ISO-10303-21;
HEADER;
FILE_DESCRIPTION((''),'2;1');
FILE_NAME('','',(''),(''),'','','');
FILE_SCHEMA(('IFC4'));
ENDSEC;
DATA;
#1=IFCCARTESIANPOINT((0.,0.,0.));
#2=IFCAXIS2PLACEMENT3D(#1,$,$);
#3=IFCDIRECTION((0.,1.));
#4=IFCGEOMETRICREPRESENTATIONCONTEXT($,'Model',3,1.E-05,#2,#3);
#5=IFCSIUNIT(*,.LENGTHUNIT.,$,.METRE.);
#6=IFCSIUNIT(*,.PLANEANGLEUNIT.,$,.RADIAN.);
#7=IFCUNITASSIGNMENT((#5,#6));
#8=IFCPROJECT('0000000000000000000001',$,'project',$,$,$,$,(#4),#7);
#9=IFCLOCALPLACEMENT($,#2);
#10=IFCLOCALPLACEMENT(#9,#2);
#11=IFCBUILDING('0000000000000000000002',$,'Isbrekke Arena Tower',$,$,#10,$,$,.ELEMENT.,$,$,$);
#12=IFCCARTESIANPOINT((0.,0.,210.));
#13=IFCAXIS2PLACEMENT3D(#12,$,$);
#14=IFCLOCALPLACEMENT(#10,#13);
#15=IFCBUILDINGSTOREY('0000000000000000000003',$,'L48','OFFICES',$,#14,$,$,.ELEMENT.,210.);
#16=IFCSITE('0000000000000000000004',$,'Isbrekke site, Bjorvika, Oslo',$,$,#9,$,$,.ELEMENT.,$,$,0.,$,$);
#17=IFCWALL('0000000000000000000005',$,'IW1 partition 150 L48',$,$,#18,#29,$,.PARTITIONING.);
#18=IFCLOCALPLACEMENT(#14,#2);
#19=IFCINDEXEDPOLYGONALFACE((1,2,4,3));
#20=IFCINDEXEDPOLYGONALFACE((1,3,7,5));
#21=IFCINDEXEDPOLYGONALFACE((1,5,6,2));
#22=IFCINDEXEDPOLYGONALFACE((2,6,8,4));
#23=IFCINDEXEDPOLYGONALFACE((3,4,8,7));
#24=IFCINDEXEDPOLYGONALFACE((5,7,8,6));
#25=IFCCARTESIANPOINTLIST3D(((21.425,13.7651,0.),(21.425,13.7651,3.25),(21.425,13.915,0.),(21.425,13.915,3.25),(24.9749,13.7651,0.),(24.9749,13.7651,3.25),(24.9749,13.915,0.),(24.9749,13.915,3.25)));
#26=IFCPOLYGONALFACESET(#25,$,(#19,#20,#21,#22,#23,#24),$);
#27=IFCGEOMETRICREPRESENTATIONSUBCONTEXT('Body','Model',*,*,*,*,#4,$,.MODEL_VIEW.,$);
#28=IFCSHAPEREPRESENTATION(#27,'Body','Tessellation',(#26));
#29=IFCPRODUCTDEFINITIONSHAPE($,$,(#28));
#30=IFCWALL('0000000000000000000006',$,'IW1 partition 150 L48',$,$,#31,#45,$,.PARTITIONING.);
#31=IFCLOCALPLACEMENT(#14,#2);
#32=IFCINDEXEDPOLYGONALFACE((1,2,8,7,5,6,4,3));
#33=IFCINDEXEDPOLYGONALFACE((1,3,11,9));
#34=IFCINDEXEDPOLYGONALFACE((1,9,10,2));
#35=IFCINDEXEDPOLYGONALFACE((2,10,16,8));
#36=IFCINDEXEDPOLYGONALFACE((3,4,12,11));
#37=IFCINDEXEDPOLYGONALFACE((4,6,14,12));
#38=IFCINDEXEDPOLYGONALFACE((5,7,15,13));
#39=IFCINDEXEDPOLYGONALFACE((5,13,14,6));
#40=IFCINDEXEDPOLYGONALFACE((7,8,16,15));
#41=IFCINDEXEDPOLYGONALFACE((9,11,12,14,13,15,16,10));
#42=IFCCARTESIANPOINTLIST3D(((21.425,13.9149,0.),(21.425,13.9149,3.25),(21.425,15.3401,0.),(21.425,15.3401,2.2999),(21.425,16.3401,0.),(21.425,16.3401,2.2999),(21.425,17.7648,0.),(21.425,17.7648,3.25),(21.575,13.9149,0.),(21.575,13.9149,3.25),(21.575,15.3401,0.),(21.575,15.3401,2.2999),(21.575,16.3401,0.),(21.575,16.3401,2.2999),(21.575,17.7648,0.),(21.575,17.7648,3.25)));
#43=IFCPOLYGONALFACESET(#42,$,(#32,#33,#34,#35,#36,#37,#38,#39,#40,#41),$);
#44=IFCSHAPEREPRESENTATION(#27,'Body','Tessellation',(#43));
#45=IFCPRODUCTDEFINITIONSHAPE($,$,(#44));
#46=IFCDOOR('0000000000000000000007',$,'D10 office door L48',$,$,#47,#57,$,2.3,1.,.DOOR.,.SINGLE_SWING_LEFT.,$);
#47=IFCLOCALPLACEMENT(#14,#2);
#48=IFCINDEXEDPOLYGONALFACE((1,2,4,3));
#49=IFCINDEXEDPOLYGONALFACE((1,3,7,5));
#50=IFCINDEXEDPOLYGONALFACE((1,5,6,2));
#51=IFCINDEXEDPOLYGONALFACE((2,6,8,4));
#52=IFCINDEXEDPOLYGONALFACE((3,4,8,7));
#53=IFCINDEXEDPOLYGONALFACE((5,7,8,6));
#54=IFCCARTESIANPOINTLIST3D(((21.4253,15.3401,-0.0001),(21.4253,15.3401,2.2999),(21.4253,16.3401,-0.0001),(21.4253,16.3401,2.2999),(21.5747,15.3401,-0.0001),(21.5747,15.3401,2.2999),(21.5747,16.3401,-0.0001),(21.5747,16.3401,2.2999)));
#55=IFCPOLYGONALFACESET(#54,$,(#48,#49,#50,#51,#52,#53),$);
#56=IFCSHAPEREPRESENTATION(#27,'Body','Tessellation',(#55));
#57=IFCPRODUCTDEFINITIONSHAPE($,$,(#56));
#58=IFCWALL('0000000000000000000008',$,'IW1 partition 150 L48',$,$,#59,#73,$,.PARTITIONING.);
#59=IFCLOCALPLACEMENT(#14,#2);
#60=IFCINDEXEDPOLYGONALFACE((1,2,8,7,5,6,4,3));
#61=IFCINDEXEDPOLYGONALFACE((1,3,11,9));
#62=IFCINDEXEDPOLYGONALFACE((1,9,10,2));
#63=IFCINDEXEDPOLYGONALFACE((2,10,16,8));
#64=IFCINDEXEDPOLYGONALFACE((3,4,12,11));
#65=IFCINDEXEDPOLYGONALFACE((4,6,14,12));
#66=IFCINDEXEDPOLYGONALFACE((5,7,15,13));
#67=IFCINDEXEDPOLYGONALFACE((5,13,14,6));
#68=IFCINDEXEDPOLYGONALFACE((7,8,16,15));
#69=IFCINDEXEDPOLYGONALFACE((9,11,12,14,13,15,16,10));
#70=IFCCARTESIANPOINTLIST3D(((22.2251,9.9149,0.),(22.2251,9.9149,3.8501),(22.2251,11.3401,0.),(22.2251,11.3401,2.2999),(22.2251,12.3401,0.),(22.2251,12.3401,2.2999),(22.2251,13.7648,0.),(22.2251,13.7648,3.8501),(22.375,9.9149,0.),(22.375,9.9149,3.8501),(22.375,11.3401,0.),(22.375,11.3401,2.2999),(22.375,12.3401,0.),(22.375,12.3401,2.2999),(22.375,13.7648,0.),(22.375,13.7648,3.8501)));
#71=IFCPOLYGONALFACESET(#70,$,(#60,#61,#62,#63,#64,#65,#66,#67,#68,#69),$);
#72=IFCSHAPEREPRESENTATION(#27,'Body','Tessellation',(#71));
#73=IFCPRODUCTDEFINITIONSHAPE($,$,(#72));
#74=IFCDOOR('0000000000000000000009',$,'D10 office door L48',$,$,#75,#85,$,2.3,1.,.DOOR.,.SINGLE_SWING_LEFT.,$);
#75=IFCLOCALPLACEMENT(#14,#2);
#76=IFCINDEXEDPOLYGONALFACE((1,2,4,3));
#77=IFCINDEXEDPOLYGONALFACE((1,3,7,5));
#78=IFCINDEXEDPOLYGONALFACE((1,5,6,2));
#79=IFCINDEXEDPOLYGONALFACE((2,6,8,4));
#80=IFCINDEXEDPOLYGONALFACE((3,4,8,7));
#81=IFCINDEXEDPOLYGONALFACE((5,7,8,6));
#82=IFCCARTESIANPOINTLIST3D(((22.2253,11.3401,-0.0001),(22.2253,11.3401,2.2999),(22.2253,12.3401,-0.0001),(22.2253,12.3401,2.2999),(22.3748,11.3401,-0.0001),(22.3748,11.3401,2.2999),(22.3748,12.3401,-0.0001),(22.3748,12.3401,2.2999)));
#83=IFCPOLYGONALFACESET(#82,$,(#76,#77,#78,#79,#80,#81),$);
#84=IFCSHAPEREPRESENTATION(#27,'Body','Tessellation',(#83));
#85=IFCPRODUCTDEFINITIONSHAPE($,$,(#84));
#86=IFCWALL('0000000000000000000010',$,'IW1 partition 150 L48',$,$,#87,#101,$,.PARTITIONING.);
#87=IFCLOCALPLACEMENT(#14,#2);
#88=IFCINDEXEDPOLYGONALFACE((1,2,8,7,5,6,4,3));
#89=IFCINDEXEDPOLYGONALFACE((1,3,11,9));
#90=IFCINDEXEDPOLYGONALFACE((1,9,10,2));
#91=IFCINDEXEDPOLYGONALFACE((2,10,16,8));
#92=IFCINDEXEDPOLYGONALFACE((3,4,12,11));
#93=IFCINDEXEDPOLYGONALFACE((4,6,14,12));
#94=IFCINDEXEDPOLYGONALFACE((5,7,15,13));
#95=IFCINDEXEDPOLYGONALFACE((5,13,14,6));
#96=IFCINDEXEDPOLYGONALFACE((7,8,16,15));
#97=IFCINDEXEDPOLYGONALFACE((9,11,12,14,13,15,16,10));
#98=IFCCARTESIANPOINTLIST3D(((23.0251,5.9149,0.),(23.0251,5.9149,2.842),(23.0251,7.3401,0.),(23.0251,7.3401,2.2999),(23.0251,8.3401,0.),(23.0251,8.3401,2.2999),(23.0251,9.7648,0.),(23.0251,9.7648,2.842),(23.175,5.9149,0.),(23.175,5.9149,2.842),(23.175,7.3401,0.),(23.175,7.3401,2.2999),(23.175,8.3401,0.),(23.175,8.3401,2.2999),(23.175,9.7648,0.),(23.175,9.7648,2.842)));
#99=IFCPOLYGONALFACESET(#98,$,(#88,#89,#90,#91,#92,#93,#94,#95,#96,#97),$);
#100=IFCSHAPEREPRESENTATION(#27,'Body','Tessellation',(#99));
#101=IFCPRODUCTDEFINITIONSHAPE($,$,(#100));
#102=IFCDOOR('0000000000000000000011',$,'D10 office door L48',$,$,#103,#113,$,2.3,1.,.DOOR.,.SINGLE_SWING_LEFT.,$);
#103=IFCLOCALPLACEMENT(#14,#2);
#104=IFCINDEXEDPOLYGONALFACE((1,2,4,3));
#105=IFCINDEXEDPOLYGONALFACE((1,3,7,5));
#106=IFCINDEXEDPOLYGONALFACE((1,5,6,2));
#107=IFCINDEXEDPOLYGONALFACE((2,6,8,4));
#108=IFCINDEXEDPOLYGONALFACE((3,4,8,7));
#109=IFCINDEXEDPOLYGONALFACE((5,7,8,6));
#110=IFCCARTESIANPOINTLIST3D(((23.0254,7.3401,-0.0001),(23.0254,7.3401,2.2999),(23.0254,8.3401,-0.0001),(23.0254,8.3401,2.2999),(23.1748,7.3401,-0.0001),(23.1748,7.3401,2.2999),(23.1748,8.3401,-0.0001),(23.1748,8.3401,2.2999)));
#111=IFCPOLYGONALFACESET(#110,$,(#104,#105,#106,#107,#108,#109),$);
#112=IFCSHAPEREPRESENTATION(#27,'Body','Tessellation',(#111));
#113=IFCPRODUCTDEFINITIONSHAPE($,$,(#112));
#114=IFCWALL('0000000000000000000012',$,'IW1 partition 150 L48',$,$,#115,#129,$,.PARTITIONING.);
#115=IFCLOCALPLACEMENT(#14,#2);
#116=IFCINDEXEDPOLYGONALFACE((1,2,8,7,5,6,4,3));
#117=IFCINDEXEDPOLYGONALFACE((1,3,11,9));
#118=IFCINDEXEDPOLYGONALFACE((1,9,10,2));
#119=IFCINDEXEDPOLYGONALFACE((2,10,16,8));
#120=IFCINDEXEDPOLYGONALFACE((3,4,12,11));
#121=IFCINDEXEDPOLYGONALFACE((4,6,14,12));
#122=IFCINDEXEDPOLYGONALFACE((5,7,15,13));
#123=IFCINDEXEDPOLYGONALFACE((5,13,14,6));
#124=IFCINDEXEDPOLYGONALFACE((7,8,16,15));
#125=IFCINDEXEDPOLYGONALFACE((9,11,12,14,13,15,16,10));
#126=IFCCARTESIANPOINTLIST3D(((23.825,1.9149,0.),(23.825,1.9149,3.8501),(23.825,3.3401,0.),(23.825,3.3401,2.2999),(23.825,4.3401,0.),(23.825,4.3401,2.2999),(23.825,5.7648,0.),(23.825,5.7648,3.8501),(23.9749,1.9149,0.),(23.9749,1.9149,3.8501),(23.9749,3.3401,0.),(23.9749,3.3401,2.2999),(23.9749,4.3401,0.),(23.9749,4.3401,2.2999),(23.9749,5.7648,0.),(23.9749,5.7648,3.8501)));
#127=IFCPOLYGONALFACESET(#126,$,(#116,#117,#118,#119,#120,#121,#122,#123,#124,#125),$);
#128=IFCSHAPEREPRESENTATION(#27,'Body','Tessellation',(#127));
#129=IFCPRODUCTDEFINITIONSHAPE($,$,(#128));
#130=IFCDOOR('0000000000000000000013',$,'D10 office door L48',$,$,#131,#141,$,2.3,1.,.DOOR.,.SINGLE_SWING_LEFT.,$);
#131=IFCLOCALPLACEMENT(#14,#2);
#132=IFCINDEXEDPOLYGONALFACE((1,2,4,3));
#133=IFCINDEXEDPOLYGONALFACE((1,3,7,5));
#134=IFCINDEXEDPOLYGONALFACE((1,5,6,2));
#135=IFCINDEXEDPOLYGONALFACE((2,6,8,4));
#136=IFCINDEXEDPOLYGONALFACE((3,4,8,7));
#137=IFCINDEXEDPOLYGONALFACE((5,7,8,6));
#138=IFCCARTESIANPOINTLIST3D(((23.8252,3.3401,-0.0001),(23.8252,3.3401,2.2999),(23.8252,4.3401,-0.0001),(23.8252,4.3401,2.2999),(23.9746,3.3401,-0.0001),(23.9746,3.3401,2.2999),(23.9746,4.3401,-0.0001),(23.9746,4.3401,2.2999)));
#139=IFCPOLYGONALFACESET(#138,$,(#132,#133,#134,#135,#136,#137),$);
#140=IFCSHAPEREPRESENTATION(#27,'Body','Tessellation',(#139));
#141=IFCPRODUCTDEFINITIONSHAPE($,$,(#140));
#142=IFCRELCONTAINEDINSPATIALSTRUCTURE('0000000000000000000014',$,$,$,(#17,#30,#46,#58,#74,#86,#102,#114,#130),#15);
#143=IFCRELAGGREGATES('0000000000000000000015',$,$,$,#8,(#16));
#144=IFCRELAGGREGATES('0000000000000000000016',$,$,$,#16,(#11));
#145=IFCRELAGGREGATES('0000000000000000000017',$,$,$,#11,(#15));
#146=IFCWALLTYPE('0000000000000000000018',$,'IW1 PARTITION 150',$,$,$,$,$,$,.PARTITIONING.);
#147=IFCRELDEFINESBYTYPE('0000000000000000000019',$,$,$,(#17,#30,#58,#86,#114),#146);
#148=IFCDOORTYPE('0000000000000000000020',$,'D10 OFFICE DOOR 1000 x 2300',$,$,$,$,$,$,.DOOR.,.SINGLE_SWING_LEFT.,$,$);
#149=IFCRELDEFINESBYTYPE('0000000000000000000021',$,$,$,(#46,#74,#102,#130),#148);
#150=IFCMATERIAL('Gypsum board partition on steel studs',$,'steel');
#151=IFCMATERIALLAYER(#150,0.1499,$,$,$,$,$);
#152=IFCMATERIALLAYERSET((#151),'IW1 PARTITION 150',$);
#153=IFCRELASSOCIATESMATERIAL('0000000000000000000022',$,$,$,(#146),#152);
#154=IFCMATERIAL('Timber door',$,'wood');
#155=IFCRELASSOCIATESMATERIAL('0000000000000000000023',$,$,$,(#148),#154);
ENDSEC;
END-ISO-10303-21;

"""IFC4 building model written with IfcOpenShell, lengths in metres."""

from ifc_helpers import new_model, si_unit, direction, frame, frame_2d, origin, place, context, subcontext, project, spatial, rectangle, extrude, material, layer, layer_set, type_object, element, fill, save


model = new_model("IFC4")

# Units and contexts
model_context = context("Model", 3, precision=1e-05, world=origin(), true_north=direction((0.0, 1.0)))
body_context = subcontext(model_context, "Body", "Model", "MODEL_VIEW")
ifc_project = project(units=[si_unit("LENGTHUNIT", "METRE"), si_unit("PLANEANGLEUNIT", "RADIAN")], contexts=[model_context])

# Site, building, storey
site_placement = place(None, origin())
site = spatial("IfcSite", under=ifc_project, at=site_placement, Name="Isbrekke site, Bjorvika, Oslo", CompositionType="ELEMENT", RefElevation=0.0)
building_placement = place(site_placement, origin())
building = spatial("IfcBuilding", under=site, at=building_placement, Name="Isbrekke Arena Tower", CompositionType="ELEMENT")
storey_placement = place(building_placement, frame((0.0, 0.0, 210.0)))
storey = spatial("IfcBuildingStorey", under=building, at=storey_placement, Name="L48", Description="OFFICES", CompositionType="ELEMENT", Elevation=210.0)

# Wall
ifc_material_1 = material(Name="Gypsum board partition on steel studs", Category="steel")
ifc_layer_1 = layer(ifc_material_1, 0.1499)
ifc_layer_set_1 = layer_set([ifc_layer_1], Name="IW1 PARTITION 150")
wall_type = type_object("IfcWallType", Name="IW1 PARTITION 150", PredefinedType="PARTITIONING", material=ifc_layer_set_1)
for number, where, z_axis, x_axis, name in (
    (1, (21.425, 13.8401, 0.0), (0.0, 0.0, 1.0), (1.0, 0.0, 0.0), "IW1 partition 150 L48"),
):
    element("IfcWall", number, at=place(storey_placement, frame(where, z_axis=z_axis, x_axis=x_axis)), inside=storey, type_object=wall_type, Name=name, PredefinedType="PARTITIONING", context=body_context, shape_type="SweptSolid", body=[
        extrude(rectangle(XDim=3.5498, YDim=0.1499, at=frame_2d((1.7749, 0.0))), origin(), (0.0, 0.0, 1.0), 3.25),
    ])

# Walls, openings, doors
wall_1_placement = place(storey_placement, frame((21.5, 13.915, 0.0), z_axis=(0.0, 0.0, 1.0), x_axis=(0.0, 1.0, 0.0)))
wall_1 = element("IfcWall", 2, at=wall_1_placement, inside=storey, type_object=wall_type, Name="IW1 partition 150 L48", PredefinedType="PARTITIONING", context=body_context, shape_type="SweptSolid", body=[
    extrude(rectangle(XDim=3.8499, YDim=0.1499, at=frame_2d((1.9248, 0.0))), origin(), (0.0, 0.0, 1.0), 3.25),
])
opening_1_placement = place(wall_1_placement, frame((1.425, 0.0, 0.0)))
opening_1 = element("IfcOpeningElement", 3, at=opening_1_placement, cuts=wall_1, PredefinedType="OPENING", context=body_context, shape_type="SweptSolid", body=[
    extrude(rectangle(XDim=1.0, YDim=2.3, at=frame_2d((0.5, 1.1499))), frame((0.0, 0.0898, 0.0), z_axis=(0.0, -1.0, 0.0), x_axis=(1.0, 0.0, 0.0)), (0.0, 0.0, 1.0), 0.1797),
])
ifc_material_2 = material(Name="Timber door", Category="wood")
door_type = type_object("IfcDoorType", Name="D10 OFFICE DOOR 1000 x 2300", OperationType="SINGLE_SWING_LEFT", PredefinedType="DOOR", material=ifc_material_2)
door_1_placement = place(opening_1_placement, origin())
door_1 = element("IfcDoor", 4, at=door_1_placement, inside=storey, type_object=door_type, Name="D10 office door L48", OperationType="SINGLE_SWING_LEFT", OverallHeight=2.3, OverallWidth=1.0, PredefinedType="DOOR", context=body_context, shape_type="SweptSolid", body=[
    extrude(rectangle(XDim=1.0, YDim=2.3, at=frame_2d((0.5, 1.1499))), frame((0.0, 0.0747, 0.0), z_axis=(0.0, -1.0, 0.0), x_axis=(1.0, 0.0, 0.0)), (0.0, 0.0, 1.0), 0.1494),
])
fill(opening_1, door_1)
wall_2_placement = place(storey_placement, frame((22.3, 9.915, 0.0), z_axis=(0.0, 0.0, 1.0), x_axis=(0.0, 1.0, 0.0)))
wall_2 = element("IfcWall", 5, at=wall_2_placement, inside=storey, type_object=wall_type, Name="IW1 partition 150 L48", PredefinedType="PARTITIONING", context=body_context, shape_type="SweptSolid", body=[
    extrude(rectangle(XDim=3.8499, YDim=0.1499, at=frame_2d((1.9248, 0.0))), origin(), (0.0, 0.0, 1.0), 3.8501),
])
opening_2_placement = place(wall_2_placement, frame((1.425, 0.0, 0.0)))
opening_2 = element("IfcOpeningElement", 6, at=opening_2_placement, cuts=wall_2, PredefinedType="OPENING", context=body_context, shape_type="SweptSolid", body=[
    extrude(rectangle(XDim=1.0, YDim=2.3, at=frame_2d((0.5, 1.1499))), frame((0.0, 0.0898, 0.0), z_axis=(0.0, -1.0, 0.0), x_axis=(1.0, 0.0, 0.0)), (0.0, 0.0, 1.0), 0.1797),
])
door_2_placement = place(opening_2_placement, origin())
door_2 = element("IfcDoor", 7, at=door_2_placement, inside=storey, type_object=door_type, Name="D10 office door L48", OperationType="SINGLE_SWING_LEFT", OverallHeight=2.3, OverallWidth=1.0, PredefinedType="DOOR", context=body_context, shape_type="SweptSolid", body=[
    extrude(rectangle(XDim=1.0, YDim=2.3, at=frame_2d((0.5, 1.1499))), frame((0.0, 0.0747, 0.0), z_axis=(0.0, -1.0, 0.0), x_axis=(1.0, 0.0, 0.0)), (0.0, 0.0, 1.0), 0.1494),
])
fill(opening_2, door_2)
wall_3_placement = place(storey_placement, frame((23.1001, 5.915, 0.0), z_axis=(0.0, 0.0, 1.0), x_axis=(0.0, 1.0, 0.0)))
wall_3 = element("IfcWall", 8, at=wall_3_placement, inside=storey, type_object=wall_type, Name="IW1 partition 150 L48", PredefinedType="PARTITIONING", context=body_context, shape_type="SweptSolid", body=[
    extrude(rectangle(XDim=3.8499, YDim=0.1499, at=frame_2d((1.9248, 0.0))), origin(), (0.0, 0.0, 1.0), 2.842),
])
opening_3_placement = place(wall_3_placement, frame((1.425, 0.0, 0.0)))
opening_3 = element("IfcOpeningElement", 9, at=opening_3_placement, cuts=wall_3, PredefinedType="OPENING", context=body_context, shape_type="SweptSolid", body=[
    extrude(rectangle(XDim=1.0, YDim=2.3, at=frame_2d((0.5, 1.1499))), frame((0.0, 0.0898, 0.0), z_axis=(0.0, -1.0, 0.0), x_axis=(1.0, 0.0, 0.0)), (0.0, 0.0, 1.0), 0.1797),
])
door_3_placement = place(opening_3_placement, origin())
door_3 = element("IfcDoor", 10, at=door_3_placement, inside=storey, type_object=door_type, Name="D10 office door L48", OperationType="SINGLE_SWING_LEFT", OverallHeight=2.3, OverallWidth=1.0, PredefinedType="DOOR", context=body_context, shape_type="SweptSolid", body=[
    extrude(rectangle(XDim=1.0, YDim=2.3, at=frame_2d((0.5, 1.1499))), frame((0.0, 0.0747, 0.0), z_axis=(0.0, -1.0, 0.0), x_axis=(1.0, 0.0, 0.0)), (0.0, 0.0, 1.0), 0.1494),
])
fill(opening_3, door_3)
wall_4_placement = place(storey_placement, frame((23.8999, 1.915, 0.0), z_axis=(0.0, 0.0, 1.0), x_axis=(0.0, 1.0, 0.0)))
wall_4 = element("IfcWall", 11, at=wall_4_placement, inside=storey, type_object=wall_type, Name="IW1 partition 150 L48", PredefinedType="PARTITIONING", context=body_context, shape_type="SweptSolid", body=[
    extrude(rectangle(XDim=3.8499, YDim=0.1499, at=frame_2d((1.9248, 0.0))), origin(), (0.0, 0.0, 1.0), 3.8501),
])
opening_4_placement = place(wall_4_placement, frame((1.425, 0.0, 0.0)))
opening_4 = element("IfcOpeningElement", 12, at=opening_4_placement, cuts=wall_4, PredefinedType="OPENING", context=body_context, shape_type="SweptSolid", body=[
    extrude(rectangle(XDim=1.0, YDim=2.3, at=frame_2d((0.5, 1.1499))), frame((0.0, 0.0898, 0.0), z_axis=(0.0, -1.0, 0.0), x_axis=(1.0, 0.0, 0.0)), (0.0, 0.0, 1.0), 0.1797),
])
door_4_placement = place(opening_4_placement, origin())
door_4 = element("IfcDoor", 13, at=door_4_placement, inside=storey, type_object=door_type, Name="D10 office door L48", OperationType="SINGLE_SWING_LEFT", OverallHeight=2.3, OverallWidth=1.0, PredefinedType="DOOR", context=body_context, shape_type="SweptSolid", body=[
    extrude(rectangle(XDim=1.0, YDim=2.3, at=frame_2d((0.5, 1.1499))), frame((0.0, 0.0747, 0.0), z_axis=(0.0, -1.0, 0.0), x_axis=(1.0, 0.0, 0.0)), (0.0, 0.0, 1.0), 0.1494),
])
fill(opening_4, door_4)

save(model, "model.ifc")
